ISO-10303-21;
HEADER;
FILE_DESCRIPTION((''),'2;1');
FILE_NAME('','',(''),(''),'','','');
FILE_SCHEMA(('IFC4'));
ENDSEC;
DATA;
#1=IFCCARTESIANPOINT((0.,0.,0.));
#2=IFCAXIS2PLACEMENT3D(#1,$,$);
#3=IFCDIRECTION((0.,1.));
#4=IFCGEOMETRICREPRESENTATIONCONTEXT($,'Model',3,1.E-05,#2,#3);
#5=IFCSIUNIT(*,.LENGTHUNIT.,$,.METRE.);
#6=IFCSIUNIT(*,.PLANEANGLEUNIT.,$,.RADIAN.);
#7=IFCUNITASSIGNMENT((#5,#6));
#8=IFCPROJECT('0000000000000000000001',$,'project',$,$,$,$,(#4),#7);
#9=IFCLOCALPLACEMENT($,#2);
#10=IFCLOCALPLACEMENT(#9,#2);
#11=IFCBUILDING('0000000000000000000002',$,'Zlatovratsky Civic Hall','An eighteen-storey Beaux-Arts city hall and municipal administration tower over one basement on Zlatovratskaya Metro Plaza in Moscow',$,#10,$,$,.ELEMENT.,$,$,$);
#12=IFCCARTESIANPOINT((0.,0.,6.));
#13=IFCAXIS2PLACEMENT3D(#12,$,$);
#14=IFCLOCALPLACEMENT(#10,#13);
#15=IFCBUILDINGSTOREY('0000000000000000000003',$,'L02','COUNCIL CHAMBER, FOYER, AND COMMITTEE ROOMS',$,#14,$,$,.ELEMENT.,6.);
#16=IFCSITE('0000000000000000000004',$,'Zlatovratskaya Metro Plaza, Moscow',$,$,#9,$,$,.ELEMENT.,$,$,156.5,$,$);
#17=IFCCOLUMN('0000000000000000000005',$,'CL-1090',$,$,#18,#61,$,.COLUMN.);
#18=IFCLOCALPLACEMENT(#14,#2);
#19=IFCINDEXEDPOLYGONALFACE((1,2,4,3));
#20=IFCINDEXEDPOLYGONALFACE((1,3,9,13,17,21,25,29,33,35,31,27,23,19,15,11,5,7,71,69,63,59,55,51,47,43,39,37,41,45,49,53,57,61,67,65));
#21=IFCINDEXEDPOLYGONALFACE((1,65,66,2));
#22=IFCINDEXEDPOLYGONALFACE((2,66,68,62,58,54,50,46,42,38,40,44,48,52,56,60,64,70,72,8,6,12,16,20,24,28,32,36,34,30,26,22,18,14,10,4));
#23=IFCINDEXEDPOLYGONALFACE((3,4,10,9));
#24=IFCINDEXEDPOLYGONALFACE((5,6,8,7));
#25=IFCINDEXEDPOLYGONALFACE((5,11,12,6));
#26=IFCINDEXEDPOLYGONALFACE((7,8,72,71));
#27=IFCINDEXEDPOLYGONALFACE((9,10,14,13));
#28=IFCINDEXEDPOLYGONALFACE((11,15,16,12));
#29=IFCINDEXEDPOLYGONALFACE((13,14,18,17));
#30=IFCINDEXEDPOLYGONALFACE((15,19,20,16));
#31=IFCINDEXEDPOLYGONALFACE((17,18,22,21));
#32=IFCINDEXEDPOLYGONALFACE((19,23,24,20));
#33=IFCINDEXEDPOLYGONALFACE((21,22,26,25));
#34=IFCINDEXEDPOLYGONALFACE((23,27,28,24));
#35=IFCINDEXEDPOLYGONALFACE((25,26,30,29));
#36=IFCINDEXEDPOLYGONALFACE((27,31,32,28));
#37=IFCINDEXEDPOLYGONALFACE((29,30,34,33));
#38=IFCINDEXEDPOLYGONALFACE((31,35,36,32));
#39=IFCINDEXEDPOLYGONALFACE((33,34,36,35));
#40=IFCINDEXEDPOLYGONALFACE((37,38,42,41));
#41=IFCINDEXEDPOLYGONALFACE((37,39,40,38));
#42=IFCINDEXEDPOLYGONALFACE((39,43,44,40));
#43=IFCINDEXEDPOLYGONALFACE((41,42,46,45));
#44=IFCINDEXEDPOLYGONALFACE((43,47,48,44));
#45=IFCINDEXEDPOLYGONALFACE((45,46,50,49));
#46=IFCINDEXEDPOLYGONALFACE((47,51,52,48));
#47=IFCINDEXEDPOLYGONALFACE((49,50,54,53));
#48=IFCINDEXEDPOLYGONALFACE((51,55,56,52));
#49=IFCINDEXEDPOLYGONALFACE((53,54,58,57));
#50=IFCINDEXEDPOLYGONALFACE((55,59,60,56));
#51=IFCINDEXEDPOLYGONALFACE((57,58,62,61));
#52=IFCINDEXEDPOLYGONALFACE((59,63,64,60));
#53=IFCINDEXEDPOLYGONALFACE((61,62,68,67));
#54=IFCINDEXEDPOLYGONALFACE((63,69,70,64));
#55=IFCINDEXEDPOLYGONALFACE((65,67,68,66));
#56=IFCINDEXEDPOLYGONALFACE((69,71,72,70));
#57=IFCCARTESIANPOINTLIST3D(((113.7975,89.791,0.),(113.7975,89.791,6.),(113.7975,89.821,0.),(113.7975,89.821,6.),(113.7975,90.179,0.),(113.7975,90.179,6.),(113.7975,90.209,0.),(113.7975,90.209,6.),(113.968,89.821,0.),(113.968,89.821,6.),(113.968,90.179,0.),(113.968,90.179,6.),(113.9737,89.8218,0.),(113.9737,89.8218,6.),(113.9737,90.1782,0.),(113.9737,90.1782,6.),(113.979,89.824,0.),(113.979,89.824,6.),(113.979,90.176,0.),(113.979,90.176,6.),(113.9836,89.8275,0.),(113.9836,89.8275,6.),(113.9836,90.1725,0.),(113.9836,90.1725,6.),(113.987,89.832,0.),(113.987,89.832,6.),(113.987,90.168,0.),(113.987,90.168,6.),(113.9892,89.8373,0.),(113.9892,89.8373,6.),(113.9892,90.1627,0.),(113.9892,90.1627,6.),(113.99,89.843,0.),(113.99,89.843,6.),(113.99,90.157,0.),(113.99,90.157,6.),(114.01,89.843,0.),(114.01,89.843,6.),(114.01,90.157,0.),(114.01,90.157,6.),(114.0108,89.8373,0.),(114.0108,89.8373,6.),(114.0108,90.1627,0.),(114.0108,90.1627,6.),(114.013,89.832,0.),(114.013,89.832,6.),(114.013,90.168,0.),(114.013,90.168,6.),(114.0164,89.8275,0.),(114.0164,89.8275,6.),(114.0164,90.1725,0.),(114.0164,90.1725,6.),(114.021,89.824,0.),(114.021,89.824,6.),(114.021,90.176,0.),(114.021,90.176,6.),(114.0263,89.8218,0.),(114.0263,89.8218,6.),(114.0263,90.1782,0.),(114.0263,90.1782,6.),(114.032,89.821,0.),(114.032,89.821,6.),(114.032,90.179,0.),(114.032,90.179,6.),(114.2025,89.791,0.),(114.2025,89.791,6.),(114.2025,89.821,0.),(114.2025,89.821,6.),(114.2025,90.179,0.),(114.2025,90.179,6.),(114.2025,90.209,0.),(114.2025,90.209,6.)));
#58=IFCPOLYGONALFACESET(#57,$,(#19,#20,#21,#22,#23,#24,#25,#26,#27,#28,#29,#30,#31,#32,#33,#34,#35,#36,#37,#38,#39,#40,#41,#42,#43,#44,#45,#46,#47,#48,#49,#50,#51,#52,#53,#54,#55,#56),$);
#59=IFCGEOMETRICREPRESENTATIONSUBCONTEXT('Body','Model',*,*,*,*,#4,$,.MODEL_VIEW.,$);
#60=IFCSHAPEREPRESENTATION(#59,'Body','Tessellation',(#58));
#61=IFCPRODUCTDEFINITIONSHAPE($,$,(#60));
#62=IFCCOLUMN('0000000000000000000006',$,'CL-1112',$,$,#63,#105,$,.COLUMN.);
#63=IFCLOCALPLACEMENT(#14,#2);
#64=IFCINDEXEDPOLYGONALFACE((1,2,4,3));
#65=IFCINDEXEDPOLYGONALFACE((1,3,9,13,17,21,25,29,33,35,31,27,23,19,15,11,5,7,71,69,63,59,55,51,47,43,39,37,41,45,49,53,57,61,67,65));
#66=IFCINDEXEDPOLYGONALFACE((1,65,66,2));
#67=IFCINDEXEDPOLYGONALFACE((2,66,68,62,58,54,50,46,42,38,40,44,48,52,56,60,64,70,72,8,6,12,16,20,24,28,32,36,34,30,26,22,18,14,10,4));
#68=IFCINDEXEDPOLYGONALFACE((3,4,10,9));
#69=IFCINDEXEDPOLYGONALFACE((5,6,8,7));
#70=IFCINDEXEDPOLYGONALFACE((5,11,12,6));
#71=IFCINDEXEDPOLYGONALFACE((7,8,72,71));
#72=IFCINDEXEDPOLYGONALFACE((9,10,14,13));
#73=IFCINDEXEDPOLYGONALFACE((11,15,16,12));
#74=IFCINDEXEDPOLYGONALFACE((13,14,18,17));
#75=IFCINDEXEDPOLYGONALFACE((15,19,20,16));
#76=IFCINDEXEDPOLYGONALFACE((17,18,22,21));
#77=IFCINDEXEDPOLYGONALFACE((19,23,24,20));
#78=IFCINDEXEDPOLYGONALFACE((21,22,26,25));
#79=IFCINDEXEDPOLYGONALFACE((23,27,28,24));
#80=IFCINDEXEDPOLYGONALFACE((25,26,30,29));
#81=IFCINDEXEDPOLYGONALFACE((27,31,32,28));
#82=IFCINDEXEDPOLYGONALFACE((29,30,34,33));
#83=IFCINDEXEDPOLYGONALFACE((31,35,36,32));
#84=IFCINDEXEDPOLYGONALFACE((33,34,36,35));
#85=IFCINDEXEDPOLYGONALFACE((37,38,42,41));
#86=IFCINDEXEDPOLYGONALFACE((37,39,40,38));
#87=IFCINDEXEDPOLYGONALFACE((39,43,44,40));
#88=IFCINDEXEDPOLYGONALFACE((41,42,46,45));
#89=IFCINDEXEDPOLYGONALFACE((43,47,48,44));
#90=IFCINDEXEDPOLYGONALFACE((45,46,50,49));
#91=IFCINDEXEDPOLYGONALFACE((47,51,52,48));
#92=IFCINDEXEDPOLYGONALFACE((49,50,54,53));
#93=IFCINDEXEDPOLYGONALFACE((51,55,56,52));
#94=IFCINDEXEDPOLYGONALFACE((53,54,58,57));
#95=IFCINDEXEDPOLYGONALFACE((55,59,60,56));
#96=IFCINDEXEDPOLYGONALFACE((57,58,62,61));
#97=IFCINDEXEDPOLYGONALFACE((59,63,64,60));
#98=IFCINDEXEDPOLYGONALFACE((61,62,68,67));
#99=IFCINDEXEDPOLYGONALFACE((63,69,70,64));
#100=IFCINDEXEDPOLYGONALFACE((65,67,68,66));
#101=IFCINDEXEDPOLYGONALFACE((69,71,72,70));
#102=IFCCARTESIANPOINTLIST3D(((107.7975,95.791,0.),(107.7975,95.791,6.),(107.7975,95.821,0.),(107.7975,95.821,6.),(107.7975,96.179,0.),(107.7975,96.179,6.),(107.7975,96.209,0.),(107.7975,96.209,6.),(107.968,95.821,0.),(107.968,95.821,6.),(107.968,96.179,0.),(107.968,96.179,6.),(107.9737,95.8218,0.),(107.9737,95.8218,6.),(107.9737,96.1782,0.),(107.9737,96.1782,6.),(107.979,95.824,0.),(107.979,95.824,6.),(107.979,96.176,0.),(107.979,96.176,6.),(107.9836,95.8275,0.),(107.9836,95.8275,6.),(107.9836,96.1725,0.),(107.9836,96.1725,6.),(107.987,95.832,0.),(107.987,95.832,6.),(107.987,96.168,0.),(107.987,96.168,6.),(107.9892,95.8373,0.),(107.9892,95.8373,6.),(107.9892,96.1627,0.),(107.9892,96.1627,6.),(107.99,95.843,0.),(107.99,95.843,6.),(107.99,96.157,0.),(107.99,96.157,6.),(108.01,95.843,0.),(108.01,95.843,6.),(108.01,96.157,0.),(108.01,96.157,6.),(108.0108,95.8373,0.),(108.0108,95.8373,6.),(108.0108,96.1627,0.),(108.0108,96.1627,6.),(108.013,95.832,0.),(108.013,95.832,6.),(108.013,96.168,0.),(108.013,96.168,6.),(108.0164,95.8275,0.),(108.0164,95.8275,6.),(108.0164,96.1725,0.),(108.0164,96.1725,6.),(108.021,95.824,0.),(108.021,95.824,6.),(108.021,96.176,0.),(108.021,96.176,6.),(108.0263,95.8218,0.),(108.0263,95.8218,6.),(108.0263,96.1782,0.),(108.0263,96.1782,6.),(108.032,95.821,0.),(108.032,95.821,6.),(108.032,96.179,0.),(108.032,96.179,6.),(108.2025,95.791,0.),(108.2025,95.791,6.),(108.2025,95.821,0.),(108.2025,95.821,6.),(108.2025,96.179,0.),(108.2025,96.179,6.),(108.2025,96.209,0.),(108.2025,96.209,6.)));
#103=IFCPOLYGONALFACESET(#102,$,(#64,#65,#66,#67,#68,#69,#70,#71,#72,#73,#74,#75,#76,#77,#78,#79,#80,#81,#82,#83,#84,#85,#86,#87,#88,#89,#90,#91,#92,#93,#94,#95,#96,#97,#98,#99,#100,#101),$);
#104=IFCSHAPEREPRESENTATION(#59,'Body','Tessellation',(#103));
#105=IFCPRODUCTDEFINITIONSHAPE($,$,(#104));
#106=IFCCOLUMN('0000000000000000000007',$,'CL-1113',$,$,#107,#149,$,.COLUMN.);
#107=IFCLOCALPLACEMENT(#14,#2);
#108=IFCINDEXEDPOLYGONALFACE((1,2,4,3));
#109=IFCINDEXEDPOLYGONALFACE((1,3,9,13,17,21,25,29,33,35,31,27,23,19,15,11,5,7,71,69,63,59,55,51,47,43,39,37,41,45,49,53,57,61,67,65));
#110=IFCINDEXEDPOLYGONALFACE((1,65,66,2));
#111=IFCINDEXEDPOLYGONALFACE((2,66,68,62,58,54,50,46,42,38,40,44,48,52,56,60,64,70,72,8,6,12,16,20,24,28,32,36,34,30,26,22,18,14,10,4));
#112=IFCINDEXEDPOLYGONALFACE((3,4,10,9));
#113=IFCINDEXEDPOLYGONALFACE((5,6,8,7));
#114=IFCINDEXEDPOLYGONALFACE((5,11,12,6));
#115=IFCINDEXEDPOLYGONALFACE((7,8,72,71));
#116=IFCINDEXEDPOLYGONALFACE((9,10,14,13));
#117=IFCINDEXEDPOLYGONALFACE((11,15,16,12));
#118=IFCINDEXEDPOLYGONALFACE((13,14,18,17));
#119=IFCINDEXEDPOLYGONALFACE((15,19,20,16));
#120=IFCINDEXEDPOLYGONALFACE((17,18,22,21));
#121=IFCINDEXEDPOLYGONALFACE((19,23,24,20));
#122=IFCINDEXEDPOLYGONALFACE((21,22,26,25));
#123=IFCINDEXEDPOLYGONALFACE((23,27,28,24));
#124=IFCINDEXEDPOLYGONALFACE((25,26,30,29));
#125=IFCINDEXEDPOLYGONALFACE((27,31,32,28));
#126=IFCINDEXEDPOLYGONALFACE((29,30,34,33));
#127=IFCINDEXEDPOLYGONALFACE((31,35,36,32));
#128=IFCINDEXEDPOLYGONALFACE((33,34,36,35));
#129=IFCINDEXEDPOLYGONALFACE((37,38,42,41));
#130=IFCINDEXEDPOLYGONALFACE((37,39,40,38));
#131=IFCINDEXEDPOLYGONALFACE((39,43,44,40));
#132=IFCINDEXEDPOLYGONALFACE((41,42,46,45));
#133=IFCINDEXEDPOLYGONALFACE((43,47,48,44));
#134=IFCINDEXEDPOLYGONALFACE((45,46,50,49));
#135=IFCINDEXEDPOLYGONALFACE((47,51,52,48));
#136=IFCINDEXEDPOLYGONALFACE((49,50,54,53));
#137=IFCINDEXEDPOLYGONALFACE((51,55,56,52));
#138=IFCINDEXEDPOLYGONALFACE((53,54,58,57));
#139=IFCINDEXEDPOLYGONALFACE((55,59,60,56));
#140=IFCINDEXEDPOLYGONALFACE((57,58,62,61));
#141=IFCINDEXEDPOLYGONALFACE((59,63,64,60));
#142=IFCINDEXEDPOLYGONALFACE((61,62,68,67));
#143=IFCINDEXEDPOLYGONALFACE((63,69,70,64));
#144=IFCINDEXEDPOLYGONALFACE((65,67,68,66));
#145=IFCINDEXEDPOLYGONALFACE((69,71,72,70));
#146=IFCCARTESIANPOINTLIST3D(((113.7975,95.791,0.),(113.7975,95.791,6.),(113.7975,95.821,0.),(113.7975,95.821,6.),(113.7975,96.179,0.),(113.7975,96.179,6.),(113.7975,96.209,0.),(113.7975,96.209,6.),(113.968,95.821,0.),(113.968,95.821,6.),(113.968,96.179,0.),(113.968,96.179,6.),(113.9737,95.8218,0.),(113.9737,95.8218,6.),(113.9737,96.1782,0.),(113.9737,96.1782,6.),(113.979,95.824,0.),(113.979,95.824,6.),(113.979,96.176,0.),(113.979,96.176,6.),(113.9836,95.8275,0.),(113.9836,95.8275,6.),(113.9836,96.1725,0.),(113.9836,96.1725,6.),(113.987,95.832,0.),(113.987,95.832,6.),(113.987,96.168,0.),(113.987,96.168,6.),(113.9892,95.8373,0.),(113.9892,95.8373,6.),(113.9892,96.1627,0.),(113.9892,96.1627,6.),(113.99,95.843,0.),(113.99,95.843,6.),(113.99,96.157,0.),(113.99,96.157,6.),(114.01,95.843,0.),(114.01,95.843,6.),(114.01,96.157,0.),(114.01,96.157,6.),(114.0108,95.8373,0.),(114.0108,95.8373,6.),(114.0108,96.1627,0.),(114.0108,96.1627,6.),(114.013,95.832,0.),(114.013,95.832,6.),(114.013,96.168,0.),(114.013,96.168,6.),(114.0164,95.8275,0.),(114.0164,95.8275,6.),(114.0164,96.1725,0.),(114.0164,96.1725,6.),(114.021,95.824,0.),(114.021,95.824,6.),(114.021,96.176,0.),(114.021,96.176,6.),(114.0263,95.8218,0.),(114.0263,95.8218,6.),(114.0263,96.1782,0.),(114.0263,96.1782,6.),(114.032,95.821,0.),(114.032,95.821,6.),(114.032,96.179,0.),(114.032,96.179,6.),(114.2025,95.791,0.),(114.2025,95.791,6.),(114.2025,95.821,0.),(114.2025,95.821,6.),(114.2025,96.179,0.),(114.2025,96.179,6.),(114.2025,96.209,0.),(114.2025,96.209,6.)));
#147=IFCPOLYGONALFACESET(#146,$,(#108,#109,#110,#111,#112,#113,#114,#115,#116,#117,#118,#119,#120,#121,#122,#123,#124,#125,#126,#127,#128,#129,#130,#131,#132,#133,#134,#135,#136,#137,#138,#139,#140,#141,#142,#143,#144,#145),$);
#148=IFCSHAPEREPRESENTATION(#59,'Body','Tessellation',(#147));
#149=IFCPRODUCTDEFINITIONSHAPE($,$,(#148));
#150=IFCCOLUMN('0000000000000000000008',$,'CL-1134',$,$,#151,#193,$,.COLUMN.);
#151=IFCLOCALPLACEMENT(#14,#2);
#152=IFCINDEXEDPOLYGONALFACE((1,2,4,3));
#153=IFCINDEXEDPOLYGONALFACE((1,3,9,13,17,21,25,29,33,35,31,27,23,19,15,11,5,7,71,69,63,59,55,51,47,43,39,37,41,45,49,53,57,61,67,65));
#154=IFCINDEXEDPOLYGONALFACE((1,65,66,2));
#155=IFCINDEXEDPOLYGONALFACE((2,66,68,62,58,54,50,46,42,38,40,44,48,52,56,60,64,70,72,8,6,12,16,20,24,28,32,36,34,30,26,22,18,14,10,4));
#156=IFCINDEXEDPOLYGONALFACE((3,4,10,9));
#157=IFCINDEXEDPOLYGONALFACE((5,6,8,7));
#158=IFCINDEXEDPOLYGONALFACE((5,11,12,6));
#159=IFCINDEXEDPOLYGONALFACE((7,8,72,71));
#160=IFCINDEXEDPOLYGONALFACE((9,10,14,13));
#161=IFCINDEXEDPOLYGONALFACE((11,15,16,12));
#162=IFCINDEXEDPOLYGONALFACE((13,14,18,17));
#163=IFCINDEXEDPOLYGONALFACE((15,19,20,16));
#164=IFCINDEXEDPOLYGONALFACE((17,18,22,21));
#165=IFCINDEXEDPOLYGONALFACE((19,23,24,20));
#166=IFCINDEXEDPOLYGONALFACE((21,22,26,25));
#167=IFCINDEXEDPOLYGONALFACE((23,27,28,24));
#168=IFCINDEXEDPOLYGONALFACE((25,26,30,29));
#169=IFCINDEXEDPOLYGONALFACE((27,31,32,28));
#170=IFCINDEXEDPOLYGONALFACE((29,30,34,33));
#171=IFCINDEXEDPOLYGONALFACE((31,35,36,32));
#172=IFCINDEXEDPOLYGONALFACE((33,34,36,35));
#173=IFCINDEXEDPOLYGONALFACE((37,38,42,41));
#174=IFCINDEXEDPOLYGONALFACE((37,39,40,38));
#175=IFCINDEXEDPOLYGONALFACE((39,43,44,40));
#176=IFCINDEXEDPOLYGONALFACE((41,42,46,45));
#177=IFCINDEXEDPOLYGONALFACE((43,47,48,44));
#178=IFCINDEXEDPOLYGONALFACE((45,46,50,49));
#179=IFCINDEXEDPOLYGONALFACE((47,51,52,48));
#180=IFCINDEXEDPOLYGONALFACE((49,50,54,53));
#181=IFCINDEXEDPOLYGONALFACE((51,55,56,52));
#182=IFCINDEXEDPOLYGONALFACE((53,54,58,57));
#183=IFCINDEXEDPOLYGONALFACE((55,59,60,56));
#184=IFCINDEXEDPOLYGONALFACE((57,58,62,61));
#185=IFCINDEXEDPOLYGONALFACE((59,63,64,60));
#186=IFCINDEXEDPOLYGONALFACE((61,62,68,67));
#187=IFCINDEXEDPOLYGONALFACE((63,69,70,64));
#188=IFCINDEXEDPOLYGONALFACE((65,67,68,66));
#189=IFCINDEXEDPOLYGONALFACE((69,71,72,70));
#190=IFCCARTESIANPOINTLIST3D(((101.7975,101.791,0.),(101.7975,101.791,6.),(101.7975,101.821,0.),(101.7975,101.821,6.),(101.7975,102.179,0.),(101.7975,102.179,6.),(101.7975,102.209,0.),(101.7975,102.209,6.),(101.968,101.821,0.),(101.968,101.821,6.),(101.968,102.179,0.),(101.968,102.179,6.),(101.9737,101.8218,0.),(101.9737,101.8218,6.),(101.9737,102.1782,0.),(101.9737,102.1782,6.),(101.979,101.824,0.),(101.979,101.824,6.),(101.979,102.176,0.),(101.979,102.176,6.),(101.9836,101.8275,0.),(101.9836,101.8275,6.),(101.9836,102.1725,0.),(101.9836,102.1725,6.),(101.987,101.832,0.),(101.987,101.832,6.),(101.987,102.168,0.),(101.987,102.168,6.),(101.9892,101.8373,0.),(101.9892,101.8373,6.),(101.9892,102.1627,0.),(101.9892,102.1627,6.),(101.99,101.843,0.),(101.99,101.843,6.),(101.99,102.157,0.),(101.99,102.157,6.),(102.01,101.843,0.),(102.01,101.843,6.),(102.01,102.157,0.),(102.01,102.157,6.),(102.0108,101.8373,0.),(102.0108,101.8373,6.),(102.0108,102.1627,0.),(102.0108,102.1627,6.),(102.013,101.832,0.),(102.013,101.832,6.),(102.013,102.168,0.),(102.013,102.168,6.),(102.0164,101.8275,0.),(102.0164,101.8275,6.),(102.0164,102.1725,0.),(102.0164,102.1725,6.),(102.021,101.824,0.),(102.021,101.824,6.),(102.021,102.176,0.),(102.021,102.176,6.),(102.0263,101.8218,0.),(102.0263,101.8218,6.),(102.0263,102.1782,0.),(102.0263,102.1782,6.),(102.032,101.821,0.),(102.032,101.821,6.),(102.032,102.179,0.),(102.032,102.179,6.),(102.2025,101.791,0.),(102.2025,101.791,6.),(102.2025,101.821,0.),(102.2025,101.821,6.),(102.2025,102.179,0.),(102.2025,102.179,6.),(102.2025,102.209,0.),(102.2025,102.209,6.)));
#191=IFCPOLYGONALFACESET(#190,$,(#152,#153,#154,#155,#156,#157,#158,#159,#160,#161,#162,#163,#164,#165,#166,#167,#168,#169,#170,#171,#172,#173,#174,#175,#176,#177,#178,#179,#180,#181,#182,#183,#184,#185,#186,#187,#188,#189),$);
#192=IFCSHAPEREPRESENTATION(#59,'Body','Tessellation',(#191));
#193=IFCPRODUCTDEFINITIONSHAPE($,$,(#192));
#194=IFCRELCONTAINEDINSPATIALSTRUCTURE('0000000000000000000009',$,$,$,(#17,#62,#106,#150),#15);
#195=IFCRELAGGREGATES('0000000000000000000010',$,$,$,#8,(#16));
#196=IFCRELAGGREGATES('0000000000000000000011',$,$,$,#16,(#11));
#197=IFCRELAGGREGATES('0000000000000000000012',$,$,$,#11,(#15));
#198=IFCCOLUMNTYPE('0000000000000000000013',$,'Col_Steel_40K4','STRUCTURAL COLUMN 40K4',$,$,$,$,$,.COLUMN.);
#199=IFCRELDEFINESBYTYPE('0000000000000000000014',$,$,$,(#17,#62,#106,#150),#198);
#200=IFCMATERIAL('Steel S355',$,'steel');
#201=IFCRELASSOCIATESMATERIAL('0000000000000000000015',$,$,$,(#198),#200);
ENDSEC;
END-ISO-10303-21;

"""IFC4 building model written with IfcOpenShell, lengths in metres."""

from ifc_helpers import new_model, si_unit, direction, frame, origin, origin_2d, place, context, subcontext, project, spatial, i_section, extrude, material, material_profile, profile_set, type_object, element, save


model = new_model("IFC4")

# Units and contexts
model_context = context("Model", 3, precision=1e-05, world=origin(), true_north=direction((0.0, 1.0)))
body_context = subcontext(model_context, "Body", "Model", "MODEL_VIEW")
ifc_project = project(units=[si_unit("LENGTHUNIT", "METRE"), si_unit("PLANEANGLEUNIT", "RADIAN")], contexts=[model_context])

# Site, building, storey
site_placement = place(None, origin())
site = spatial("IfcSite", under=ifc_project, at=site_placement, Name="Zlatovratskaya Metro Plaza, Moscow", CompositionType="ELEMENT", RefElevation=156.5)
building_placement = place(site_placement, origin())
building = spatial("IfcBuilding", under=site, at=building_placement, Name="Zlatovratsky Civic Hall", Description="An eighteen-storey Beaux-Arts city hall and municipal administration tower over one basement on Zlatovratskaya Metro Plaza in Moscow", CompositionType="ELEMENT")
storey_placement = place(building_placement, frame((0.0, 0.0, 6.0)))
storey = spatial("IfcBuildingStorey", under=building, at=storey_placement, Name="L02", Description="COUNCIL CHAMBER, FOYER, AND COMMITTEE ROOMS", CompositionType="ELEMENT", Elevation=6.0)

# Columns
ifc_material_1 = material(Name="Steel S355", Category="steel")
ifc_material_profile_1 = material_profile(ifc_material_1, i_section(OverallWidth=0.405, OverallDepth=0.418, WebThickness=0.02, FlangeThickness=0.03, FilletRadius=0.022, at=origin_2d()), Name="40K4")
ifc_profile_set_1 = profile_set([ifc_material_profile_1], Name="Steel S355")
column_type_1 = type_object("IfcColumnType", Name="Col_Steel_40K4", Description="STRUCTURAL COLUMN 40K4", PredefinedType="COLUMN", material=ifc_profile_set_1)
for number, where, z_axis, x_axis, name in (
    (1, (114.0, 90.0, 0.0), (0.0, 0.0, 1.0), (1.0, 0.0, 0.0), "CL-1090"),
    (2, (108.0, 96.0, 0.0), (0.0, 0.0, 1.0), (1.0, 0.0, 0.0), "CL-1112"),
    (3, (114.0, 96.0, 0.0), (0.0, 0.0, 1.0), (1.0, 0.0, 0.0), "CL-1113"),
    (4, (102.0, 102.0, 0.0), (0.0, 0.0, 1.0), (1.0, 0.0, 0.0), "CL-1134"),
):
    element("IfcColumn", number, at=place(storey_placement, frame(where, z_axis=z_axis, x_axis=x_axis)), inside=storey, type_object=column_type_1, Name=name, PredefinedType="COLUMN", context=body_context, shape_type="SweptSolid", body=[
        extrude(i_section(OverallWidth=0.405, OverallDepth=0.418, WebThickness=0.02, FlangeThickness=0.03, FilletRadius=0.022, at=origin_2d()), origin(), (0.0, 0.0, 1.0), 6.0),
    ])

save(model, "model.ifc")
